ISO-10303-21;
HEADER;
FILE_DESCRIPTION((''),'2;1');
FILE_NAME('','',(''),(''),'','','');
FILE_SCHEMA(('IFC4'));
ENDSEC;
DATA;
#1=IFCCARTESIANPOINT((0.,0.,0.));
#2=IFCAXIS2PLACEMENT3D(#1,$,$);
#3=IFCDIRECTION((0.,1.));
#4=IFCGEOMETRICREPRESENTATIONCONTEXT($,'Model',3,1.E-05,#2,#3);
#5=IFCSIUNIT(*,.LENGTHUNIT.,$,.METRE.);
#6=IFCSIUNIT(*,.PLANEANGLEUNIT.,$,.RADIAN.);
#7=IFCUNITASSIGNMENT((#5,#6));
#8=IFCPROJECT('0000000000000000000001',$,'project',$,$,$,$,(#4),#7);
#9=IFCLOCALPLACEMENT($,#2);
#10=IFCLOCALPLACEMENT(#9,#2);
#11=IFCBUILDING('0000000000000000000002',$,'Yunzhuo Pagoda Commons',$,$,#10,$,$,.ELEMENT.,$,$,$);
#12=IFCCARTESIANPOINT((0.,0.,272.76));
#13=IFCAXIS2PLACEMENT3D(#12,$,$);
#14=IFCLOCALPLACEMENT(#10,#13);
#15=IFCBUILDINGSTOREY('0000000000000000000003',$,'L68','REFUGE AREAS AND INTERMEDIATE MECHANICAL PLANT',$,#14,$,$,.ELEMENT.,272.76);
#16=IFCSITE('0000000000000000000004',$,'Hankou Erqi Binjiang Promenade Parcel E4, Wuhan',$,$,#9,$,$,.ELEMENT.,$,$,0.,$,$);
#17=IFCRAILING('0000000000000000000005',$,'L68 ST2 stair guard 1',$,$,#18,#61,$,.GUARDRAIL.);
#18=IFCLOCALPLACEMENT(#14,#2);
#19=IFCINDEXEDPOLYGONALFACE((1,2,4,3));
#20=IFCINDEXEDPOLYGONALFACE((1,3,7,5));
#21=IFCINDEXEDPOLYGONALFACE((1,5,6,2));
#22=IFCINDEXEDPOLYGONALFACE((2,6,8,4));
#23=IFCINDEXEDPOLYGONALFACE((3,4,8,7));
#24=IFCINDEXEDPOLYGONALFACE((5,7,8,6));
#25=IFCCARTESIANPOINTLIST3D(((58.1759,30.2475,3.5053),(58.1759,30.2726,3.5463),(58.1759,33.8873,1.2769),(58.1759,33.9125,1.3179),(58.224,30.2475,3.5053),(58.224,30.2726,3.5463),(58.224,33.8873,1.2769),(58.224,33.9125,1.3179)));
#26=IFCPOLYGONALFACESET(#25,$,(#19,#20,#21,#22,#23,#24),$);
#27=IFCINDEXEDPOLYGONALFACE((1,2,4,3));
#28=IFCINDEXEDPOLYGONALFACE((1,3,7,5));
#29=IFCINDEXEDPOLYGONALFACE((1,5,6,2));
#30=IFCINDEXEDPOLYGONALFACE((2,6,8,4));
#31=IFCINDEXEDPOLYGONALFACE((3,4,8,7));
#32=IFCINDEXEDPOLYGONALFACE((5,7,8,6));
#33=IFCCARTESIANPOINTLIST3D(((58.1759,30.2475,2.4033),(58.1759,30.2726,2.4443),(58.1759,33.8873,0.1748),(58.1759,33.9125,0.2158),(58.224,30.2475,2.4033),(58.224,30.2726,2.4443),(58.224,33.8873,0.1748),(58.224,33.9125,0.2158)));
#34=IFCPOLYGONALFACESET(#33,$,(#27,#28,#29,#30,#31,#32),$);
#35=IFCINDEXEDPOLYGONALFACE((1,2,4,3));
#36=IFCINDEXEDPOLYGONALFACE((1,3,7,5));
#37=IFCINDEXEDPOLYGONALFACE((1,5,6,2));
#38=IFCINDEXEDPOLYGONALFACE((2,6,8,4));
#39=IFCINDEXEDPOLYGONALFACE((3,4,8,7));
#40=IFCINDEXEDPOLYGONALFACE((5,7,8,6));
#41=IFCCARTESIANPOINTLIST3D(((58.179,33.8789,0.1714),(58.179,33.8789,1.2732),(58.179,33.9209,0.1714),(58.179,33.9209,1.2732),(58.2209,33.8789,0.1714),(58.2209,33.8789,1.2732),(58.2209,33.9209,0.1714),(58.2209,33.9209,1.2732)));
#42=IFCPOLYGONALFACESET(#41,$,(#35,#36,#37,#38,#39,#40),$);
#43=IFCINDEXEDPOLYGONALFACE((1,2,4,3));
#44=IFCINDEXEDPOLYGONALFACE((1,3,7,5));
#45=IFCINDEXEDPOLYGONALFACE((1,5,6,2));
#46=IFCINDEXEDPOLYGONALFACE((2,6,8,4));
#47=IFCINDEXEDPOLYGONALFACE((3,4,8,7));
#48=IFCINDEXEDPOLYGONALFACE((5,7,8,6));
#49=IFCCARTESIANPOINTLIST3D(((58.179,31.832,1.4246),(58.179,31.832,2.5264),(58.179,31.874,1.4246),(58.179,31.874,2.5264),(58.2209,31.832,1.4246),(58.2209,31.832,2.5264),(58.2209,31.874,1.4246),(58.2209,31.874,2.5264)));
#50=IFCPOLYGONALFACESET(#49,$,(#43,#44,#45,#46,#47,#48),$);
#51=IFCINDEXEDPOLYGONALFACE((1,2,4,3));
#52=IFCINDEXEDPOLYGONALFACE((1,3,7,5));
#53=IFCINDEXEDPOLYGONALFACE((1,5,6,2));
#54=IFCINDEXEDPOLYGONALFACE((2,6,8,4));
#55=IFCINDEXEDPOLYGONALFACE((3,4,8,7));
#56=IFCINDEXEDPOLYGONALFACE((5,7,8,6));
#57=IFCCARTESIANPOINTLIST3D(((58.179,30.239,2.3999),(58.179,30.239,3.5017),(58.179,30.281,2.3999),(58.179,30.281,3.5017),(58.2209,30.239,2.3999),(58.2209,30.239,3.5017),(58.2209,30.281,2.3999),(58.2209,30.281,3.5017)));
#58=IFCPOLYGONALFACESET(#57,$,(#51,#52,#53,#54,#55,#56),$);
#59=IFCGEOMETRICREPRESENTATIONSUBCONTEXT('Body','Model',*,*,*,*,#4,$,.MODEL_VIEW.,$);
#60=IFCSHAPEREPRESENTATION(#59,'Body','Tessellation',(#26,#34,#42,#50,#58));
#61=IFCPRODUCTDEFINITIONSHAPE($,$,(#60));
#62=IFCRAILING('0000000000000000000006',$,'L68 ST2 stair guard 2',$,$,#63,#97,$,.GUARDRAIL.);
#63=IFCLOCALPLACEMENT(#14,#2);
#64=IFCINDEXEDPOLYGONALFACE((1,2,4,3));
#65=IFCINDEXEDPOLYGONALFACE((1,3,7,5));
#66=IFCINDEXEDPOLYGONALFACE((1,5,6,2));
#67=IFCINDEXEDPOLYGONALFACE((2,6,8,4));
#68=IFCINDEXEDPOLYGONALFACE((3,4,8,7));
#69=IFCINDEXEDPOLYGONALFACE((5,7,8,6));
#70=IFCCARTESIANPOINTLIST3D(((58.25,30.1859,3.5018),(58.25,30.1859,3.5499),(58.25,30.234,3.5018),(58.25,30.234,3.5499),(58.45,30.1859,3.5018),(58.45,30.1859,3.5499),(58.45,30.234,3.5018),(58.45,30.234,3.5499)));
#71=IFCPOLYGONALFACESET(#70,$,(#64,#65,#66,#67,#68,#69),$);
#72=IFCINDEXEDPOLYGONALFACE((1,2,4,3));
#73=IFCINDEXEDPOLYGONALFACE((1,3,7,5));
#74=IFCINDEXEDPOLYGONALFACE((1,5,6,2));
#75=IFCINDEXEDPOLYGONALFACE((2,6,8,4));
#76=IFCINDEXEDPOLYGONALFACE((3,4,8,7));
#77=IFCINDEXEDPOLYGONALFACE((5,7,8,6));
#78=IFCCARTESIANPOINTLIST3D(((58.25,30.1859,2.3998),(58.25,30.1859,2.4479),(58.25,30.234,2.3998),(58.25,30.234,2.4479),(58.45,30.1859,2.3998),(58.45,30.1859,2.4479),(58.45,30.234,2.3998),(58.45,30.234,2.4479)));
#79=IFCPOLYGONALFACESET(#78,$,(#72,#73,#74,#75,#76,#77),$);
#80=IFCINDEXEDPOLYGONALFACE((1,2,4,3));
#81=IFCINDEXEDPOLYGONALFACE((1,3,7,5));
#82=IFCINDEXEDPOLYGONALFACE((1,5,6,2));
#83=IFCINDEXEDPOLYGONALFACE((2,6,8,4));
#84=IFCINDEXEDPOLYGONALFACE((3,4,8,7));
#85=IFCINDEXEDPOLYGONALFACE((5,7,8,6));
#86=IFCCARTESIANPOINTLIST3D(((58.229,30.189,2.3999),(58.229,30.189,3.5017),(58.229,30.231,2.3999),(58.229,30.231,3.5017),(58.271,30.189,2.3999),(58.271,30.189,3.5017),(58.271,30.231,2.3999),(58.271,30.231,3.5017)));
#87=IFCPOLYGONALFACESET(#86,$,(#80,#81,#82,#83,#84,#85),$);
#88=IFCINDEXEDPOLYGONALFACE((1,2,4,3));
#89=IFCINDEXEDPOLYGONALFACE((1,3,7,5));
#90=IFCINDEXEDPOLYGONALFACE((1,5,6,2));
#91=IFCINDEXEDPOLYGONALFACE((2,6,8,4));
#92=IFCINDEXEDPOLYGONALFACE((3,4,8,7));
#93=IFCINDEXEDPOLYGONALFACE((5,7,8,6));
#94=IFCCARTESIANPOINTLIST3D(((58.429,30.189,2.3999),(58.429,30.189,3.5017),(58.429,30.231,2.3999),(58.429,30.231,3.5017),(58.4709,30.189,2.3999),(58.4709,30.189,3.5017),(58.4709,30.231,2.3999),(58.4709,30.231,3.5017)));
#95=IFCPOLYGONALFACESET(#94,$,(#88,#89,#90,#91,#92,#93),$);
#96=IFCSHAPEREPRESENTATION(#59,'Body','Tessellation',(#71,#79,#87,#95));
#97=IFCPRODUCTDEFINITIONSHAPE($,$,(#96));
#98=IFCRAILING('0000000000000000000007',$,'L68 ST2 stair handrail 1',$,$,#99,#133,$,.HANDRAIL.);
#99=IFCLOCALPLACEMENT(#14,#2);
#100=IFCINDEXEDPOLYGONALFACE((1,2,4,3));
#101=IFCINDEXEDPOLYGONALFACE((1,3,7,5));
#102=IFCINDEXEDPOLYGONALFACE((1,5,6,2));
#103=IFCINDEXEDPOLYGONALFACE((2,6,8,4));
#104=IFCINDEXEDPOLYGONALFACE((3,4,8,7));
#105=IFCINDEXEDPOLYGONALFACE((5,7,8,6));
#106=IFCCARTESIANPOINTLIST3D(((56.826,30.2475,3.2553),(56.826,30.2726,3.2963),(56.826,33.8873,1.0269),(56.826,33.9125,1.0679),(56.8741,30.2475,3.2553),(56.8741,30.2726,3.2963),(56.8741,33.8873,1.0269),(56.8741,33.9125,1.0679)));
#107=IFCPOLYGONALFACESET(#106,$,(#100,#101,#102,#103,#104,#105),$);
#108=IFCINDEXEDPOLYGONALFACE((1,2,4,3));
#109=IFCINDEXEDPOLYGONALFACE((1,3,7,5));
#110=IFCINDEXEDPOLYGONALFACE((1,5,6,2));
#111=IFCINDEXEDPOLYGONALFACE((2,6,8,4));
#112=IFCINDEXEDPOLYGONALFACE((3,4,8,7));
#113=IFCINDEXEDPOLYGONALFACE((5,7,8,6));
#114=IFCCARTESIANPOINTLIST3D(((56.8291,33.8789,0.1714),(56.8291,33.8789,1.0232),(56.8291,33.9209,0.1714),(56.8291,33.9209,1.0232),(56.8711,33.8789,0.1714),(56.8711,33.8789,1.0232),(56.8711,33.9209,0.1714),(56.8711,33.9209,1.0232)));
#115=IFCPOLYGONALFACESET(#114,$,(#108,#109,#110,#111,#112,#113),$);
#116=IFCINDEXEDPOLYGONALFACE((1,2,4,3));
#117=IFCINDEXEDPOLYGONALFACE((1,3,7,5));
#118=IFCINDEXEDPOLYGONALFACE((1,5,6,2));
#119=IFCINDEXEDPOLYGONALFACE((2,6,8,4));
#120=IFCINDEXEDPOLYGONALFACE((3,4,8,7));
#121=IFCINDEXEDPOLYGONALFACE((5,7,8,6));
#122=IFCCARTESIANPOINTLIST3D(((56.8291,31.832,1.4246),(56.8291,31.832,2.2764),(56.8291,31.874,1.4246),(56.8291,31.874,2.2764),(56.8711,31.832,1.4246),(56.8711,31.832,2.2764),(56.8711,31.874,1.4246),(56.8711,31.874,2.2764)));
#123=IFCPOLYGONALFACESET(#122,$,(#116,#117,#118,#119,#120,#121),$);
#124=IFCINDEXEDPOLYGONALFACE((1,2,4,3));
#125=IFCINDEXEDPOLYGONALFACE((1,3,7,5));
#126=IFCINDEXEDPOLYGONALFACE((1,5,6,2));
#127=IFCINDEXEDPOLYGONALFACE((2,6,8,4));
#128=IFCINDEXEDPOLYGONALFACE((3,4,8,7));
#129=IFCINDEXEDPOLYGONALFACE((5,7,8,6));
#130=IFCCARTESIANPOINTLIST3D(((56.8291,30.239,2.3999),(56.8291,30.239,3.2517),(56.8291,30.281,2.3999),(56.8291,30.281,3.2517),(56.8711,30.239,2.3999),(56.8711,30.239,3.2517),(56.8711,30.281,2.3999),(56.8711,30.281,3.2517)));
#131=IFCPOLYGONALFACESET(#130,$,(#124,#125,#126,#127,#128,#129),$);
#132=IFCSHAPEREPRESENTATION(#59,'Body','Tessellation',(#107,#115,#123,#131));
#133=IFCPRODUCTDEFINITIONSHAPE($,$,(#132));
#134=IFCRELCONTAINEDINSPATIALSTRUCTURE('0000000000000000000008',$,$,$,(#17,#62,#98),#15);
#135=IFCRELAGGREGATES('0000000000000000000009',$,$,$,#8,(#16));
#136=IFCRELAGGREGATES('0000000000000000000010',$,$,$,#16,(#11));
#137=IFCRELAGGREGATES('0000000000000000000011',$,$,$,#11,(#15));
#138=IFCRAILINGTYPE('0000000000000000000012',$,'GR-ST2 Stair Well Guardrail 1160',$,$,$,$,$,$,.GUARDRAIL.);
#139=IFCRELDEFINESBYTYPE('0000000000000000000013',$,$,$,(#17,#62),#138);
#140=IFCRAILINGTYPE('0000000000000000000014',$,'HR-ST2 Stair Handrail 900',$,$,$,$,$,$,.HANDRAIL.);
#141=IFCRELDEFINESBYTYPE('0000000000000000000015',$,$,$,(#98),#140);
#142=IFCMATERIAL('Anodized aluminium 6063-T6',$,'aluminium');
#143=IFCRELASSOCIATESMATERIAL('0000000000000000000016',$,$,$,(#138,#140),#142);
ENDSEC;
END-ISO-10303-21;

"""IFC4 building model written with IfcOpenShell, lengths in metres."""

from ifc_helpers import new_model, si_unit, direction, frame, origin, origin_2d, place, context, subcontext, project, spatial, rectangle, extrude, material, type_object, element, save


model = new_model("IFC4")

# Units and contexts
model_context = context("Model", 3, precision=1e-05, world=origin(), true_north=direction((0.0, 1.0)))
body_context = subcontext(model_context, "Body", "Model", "MODEL_VIEW")
ifc_project = project(units=[si_unit("LENGTHUNIT", "METRE"), si_unit("PLANEANGLEUNIT", "RADIAN")], contexts=[model_context])

# Site, building, storey
site_placement = place(None, origin())
site = spatial("IfcSite", under=ifc_project, at=site_placement, Name="Hankou Erqi Binjiang Promenade Parcel E4, Wuhan", CompositionType="ELEMENT", RefElevation=0.0)
building_placement = place(site_placement, origin())
building = spatial("IfcBuilding", under=site, at=building_placement, Name="Yunzhuo Pagoda Commons", CompositionType="ELEMENT")
storey_placement = place(building_placement, frame((0.0, 0.0, 272.76)))
storey = spatial("IfcBuildingStorey", under=building, at=storey_placement, Name="L68", Description="REFUGE AREAS AND INTERMEDIATE MECHANICAL PLANT", CompositionType="ELEMENT", Elevation=272.76)

# Railings
ifc_material_1 = material(Name="Anodized aluminium 6063-T6", Category="aluminium")
railing_type_1 = type_object("IfcRailingType", Name="GR-ST2 Stair Well Guardrail 1160", PredefinedType="GUARDRAIL", material=ifc_material_1)
railing_1_placement = place(storey_placement, frame((58.2, 33.8999, 0.1714)))
element("IfcRailing", 1, at=railing_1_placement, inside=storey, type_object=railing_type_1, Name="L68 ST2 stair guard 1", PredefinedType="GUARDRAIL", context=body_context, shape_type="SweptSolid", body=[
    extrude(rectangle(XDim=0.0481, YDim=0.0481, at=origin_2d()), frame((0.0, 0.0, 1.126), z_axis=(0.0, -0.85285, 0.522156), x_axis=(1.0, 0.0, 0.0)), (0.0, 0.0, 1.0), 4.2678),
    extrude(rectangle(XDim=0.0481, YDim=0.0481, at=origin_2d()), frame((0.0, 0.0, 0.0239), z_axis=(0.0, -0.85285, 0.522156), x_axis=(1.0, 0.0, 0.0)), (0.0, 0.0, 1.0), 4.2678),
    extrude(rectangle(XDim=0.042, YDim=0.042, at=origin_2d()), origin(), (0.0, 0.0, 1.0), 1.1018),
    extrude(rectangle(XDim=0.042, YDim=0.042, at=origin_2d()), frame((0.0, -2.0469, 1.2532)), (0.0, 0.0, 1.0), 1.1018),
    extrude(rectangle(XDim=0.042, YDim=0.042, at=origin_2d()), frame((0.0, -3.6399, 2.2285)), (0.0, 0.0, 1.0), 1.1018),
])
railing_2_placement = place(storey_placement, frame((58.25, 30.21, 2.3999)))
element("IfcRailing", 2, at=railing_2_placement, inside=storey, type_object=railing_type_1, Name="L68 ST2 stair guard 2", PredefinedType="GUARDRAIL", context=body_context, shape_type="SweptSolid", body=[
    extrude(rectangle(XDim=0.0481, YDim=0.0481, at=origin_2d()), frame((0.0, 0.0, 1.126), z_axis=(1.0, 0.0, 0.0), x_axis=(0.0, 1.0, 0.0)), (0.0, 0.0, 1.0), 0.2),
    extrude(rectangle(XDim=0.0481, YDim=0.0481, at=origin_2d()), frame((0.0, 0.0, 0.0239), z_axis=(1.0, 0.0, 0.0), x_axis=(0.0, 1.0, 0.0)), (0.0, 0.0, 1.0), 0.2),
    extrude(rectangle(XDim=0.042, YDim=0.042, at=origin_2d()), origin(), (0.0, 0.0, 1.0), 1.1018),
    extrude(rectangle(XDim=0.042, YDim=0.042, at=origin_2d()), frame((0.2, 0.0, 0.0)), (0.0, 0.0, 1.0), 1.1018),
])
railing_type_2 = type_object("IfcRailingType", Name="HR-ST2 Stair Handrail 900", PredefinedType="HANDRAIL", material=ifc_material_1)
railing_3_placement = place(storey_placement, frame((56.8501, 33.8999, 0.1714)))
element("IfcRailing", 3, at=railing_3_placement, inside=storey, type_object=railing_type_2, Name="L68 ST2 stair handrail 1", PredefinedType="HANDRAIL", context=body_context, shape_type="SweptSolid", body=[
    extrude(rectangle(XDim=0.0481, YDim=0.0481, at=origin_2d()), frame((0.0, 0.0, 0.876), z_axis=(0.0, -0.85285, 0.522156), x_axis=(1.0, 0.0, 0.0)), (0.0, 0.0, 1.0), 4.2678),
    extrude(rectangle(XDim=0.042, YDim=0.042, at=origin_2d()), origin(), (0.0, 0.0, 1.0), 0.8518),
    extrude(rectangle(XDim=0.042, YDim=0.042, at=origin_2d()), frame((0.0, -2.0469, 1.2532)), (0.0, 0.0, 1.0), 0.8518),
    extrude(rectangle(XDim=0.042, YDim=0.042, at=origin_2d()), frame((0.0, -3.6399, 2.2285)), (0.0, 0.0, 1.0), 0.8518),
])

save(model, "model.ifc")
